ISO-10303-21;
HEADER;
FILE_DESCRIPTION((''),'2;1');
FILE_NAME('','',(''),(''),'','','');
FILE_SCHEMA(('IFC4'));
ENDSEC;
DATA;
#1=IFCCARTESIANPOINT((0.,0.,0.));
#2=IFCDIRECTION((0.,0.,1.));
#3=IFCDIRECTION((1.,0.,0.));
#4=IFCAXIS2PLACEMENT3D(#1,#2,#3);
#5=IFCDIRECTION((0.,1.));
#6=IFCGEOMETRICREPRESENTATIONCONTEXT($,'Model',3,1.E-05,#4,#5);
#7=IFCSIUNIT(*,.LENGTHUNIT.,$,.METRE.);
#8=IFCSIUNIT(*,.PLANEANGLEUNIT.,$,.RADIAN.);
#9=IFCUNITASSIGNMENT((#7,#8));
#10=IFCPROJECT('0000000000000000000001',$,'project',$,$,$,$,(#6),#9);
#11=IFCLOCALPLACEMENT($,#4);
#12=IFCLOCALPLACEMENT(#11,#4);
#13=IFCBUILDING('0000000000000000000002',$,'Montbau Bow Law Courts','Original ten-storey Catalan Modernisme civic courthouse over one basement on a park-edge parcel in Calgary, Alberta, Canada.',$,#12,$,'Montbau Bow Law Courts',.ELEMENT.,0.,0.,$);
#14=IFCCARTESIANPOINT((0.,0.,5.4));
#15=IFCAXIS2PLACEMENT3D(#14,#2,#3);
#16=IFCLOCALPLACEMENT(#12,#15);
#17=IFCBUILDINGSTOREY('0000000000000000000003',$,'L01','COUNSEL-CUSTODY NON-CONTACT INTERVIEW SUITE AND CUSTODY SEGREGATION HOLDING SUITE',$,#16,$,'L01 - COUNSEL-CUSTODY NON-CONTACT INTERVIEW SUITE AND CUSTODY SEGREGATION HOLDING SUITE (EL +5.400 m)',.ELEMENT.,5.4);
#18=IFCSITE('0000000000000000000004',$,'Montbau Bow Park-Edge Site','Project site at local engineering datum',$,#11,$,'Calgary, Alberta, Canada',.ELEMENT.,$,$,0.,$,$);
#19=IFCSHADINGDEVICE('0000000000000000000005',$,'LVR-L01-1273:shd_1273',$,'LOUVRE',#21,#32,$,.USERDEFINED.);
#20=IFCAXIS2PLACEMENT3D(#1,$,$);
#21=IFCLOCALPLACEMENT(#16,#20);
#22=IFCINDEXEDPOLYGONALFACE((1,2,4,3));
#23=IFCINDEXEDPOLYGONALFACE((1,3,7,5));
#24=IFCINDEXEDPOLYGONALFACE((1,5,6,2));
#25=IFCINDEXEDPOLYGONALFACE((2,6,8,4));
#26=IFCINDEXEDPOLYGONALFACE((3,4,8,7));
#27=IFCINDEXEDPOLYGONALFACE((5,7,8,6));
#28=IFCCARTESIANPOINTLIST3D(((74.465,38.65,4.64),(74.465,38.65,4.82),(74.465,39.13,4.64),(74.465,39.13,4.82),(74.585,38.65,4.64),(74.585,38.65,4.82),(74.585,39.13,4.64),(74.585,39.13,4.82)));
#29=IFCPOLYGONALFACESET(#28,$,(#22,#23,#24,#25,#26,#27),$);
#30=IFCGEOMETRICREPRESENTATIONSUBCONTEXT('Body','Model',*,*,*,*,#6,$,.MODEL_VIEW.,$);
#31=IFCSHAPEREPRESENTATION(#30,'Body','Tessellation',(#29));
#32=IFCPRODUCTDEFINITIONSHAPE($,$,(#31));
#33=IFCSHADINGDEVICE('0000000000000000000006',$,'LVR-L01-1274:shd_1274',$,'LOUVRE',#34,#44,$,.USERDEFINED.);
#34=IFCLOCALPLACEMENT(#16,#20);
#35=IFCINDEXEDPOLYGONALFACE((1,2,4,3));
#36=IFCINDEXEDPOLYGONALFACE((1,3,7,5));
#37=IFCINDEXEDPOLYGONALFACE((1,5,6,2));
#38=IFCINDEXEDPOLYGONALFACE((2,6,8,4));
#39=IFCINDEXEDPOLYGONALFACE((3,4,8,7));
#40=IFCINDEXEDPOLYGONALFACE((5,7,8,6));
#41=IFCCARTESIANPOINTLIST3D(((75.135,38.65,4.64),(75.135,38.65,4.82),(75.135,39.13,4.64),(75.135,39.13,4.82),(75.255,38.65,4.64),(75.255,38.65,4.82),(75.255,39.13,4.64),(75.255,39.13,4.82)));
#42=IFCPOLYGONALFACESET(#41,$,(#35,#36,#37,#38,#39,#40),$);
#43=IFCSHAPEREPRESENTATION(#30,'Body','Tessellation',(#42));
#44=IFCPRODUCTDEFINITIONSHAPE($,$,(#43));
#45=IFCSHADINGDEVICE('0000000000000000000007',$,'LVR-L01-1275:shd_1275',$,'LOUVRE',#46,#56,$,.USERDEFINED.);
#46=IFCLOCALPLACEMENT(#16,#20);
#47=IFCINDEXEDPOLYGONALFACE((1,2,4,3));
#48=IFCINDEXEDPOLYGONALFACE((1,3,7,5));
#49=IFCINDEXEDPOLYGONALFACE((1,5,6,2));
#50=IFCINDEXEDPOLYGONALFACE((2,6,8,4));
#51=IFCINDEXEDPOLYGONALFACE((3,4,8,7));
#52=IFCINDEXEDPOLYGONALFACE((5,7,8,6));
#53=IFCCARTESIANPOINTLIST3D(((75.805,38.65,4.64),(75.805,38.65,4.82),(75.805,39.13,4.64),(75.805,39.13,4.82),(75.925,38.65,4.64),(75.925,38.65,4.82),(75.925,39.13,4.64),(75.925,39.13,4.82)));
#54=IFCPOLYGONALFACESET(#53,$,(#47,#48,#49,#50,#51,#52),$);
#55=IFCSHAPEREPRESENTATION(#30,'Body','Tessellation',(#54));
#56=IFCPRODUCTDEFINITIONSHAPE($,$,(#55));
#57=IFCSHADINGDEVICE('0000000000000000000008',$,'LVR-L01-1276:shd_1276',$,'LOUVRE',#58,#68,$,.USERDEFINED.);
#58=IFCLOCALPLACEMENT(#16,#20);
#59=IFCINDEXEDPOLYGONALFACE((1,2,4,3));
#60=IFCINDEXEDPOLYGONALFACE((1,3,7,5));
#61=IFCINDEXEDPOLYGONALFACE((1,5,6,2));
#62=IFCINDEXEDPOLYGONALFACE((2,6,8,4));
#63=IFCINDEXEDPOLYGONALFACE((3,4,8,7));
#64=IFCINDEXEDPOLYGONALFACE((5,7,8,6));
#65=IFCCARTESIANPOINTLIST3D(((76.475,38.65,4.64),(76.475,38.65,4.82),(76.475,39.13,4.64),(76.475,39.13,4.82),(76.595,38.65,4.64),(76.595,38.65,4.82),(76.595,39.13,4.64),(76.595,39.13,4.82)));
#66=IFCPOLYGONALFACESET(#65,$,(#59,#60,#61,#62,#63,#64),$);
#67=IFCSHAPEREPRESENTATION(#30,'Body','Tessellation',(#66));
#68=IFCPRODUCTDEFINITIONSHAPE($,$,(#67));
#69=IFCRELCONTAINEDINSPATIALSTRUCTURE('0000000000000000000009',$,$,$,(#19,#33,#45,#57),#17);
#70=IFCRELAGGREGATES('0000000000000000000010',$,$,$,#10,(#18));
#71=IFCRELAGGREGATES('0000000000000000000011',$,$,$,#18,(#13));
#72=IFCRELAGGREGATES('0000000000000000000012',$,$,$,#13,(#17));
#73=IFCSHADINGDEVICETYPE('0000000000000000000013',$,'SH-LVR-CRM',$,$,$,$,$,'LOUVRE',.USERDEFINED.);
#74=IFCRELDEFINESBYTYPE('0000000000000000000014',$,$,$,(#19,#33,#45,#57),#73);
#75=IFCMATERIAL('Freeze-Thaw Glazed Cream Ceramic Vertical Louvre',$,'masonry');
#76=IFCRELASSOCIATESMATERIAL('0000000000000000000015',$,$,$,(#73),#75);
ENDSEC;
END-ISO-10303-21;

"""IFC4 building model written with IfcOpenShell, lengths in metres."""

from ifc_helpers import new_model, si_unit, direction, frame, origin_with_axes, origin_2d_with_axis, place, context, subcontext, project, spatial, rectangle, extrude, material, type_object, element, save


model = new_model("IFC4")

# Units and contexts
model_context = context("Model", 3, precision=1e-05, world=origin_with_axes(), true_north=direction((0.0, 1.0)))
body_context = subcontext(model_context, "Body", "Model", "MODEL_VIEW")
ifc_project = project(units=[si_unit("LENGTHUNIT", "METRE"), si_unit("PLANEANGLEUNIT", "RADIAN")], contexts=[model_context])

# Site, building, storey
site_placement = place(None, origin_with_axes())
site = spatial("IfcSite", under=ifc_project, at=site_placement, Name="Montbau Bow Park-Edge Site", Description="Project site at local engineering datum", LongName="Calgary, Alberta, Canada", CompositionType="ELEMENT", RefElevation=0.0)
building_placement = place(site_placement, origin_with_axes())
building = spatial("IfcBuilding", under=site, at=building_placement, Name="Montbau Bow Law Courts", Description="Original ten-storey Catalan Modernisme civic courthouse over one basement on a park-edge parcel in Calgary, Alberta, Canada.", LongName="Montbau Bow Law Courts", CompositionType="ELEMENT", ElevationOfRefHeight=0.0, ElevationOfTerrain=0.0)
storey_placement = place(building_placement, frame((0.0, 0.0, 5.4), z_axis=(0.0, 0.0, 1.0), x_axis=(1.0, 0.0, 0.0)))
storey = spatial("IfcBuildingStorey", under=building, at=storey_placement, Name="L01", Description="COUNSEL-CUSTODY NON-CONTACT INTERVIEW SUITE AND CUSTODY SEGREGATION HOLDING SUITE", LongName="L01 - COUNSEL-CUSTODY NON-CONTACT INTERVIEW SUITE AND CUSTODY SEGREGATION HOLDING SUITE (EL +5.400 m)", CompositionType="ELEMENT", Elevation=5.4)

# Shading devices
ifc_material_1 = material(Name="Freeze-Thaw Glazed Cream Ceramic Vertical Louvre", Category="masonry")
shading_device_type = type_object("IfcShadingDeviceType", Name="SH-LVR-CRM", ElementType="LOUVRE", PredefinedType="USERDEFINED", material=ifc_material_1)
for number, where, z_axis, x_axis, name in (
    (1, (74.525, 38.89, 10.04), (0.0, 0.0, 1.0), (0.0, -1.0, 0.0), "LVR-L01-1273:shd_1273"),
    (2, (75.195, 38.89, 10.04), (0.0, 0.0, 1.0), (0.0, -1.0, 0.0), "LVR-L01-1274:shd_1274"),
    (3, (75.865, 38.89, 10.04), (0.0, 0.0, 1.0), (0.0, -1.0, 0.0), "LVR-L01-1275:shd_1275"),
    (4, (76.535, 38.89, 10.04), (0.0, 0.0, 1.0), (0.0, -1.0, 0.0), "LVR-L01-1276:shd_1276"),
):
    element("IfcShadingDevice", number, at=place(None, frame(where, z_axis=z_axis, x_axis=x_axis)), inside=storey, type_object=shading_device_type, Name=name, ObjectType="LOUVRE", PredefinedType="USERDEFINED", context=body_context, shape_type="SweptSolid", body=[
        extrude(rectangle(XDim=0.48, YDim=0.12, at=origin_2d_with_axis()), origin_with_axes(), (0.0, 0.0, 1.0), 0.18),
    ])

save(model, "model.ifc")
